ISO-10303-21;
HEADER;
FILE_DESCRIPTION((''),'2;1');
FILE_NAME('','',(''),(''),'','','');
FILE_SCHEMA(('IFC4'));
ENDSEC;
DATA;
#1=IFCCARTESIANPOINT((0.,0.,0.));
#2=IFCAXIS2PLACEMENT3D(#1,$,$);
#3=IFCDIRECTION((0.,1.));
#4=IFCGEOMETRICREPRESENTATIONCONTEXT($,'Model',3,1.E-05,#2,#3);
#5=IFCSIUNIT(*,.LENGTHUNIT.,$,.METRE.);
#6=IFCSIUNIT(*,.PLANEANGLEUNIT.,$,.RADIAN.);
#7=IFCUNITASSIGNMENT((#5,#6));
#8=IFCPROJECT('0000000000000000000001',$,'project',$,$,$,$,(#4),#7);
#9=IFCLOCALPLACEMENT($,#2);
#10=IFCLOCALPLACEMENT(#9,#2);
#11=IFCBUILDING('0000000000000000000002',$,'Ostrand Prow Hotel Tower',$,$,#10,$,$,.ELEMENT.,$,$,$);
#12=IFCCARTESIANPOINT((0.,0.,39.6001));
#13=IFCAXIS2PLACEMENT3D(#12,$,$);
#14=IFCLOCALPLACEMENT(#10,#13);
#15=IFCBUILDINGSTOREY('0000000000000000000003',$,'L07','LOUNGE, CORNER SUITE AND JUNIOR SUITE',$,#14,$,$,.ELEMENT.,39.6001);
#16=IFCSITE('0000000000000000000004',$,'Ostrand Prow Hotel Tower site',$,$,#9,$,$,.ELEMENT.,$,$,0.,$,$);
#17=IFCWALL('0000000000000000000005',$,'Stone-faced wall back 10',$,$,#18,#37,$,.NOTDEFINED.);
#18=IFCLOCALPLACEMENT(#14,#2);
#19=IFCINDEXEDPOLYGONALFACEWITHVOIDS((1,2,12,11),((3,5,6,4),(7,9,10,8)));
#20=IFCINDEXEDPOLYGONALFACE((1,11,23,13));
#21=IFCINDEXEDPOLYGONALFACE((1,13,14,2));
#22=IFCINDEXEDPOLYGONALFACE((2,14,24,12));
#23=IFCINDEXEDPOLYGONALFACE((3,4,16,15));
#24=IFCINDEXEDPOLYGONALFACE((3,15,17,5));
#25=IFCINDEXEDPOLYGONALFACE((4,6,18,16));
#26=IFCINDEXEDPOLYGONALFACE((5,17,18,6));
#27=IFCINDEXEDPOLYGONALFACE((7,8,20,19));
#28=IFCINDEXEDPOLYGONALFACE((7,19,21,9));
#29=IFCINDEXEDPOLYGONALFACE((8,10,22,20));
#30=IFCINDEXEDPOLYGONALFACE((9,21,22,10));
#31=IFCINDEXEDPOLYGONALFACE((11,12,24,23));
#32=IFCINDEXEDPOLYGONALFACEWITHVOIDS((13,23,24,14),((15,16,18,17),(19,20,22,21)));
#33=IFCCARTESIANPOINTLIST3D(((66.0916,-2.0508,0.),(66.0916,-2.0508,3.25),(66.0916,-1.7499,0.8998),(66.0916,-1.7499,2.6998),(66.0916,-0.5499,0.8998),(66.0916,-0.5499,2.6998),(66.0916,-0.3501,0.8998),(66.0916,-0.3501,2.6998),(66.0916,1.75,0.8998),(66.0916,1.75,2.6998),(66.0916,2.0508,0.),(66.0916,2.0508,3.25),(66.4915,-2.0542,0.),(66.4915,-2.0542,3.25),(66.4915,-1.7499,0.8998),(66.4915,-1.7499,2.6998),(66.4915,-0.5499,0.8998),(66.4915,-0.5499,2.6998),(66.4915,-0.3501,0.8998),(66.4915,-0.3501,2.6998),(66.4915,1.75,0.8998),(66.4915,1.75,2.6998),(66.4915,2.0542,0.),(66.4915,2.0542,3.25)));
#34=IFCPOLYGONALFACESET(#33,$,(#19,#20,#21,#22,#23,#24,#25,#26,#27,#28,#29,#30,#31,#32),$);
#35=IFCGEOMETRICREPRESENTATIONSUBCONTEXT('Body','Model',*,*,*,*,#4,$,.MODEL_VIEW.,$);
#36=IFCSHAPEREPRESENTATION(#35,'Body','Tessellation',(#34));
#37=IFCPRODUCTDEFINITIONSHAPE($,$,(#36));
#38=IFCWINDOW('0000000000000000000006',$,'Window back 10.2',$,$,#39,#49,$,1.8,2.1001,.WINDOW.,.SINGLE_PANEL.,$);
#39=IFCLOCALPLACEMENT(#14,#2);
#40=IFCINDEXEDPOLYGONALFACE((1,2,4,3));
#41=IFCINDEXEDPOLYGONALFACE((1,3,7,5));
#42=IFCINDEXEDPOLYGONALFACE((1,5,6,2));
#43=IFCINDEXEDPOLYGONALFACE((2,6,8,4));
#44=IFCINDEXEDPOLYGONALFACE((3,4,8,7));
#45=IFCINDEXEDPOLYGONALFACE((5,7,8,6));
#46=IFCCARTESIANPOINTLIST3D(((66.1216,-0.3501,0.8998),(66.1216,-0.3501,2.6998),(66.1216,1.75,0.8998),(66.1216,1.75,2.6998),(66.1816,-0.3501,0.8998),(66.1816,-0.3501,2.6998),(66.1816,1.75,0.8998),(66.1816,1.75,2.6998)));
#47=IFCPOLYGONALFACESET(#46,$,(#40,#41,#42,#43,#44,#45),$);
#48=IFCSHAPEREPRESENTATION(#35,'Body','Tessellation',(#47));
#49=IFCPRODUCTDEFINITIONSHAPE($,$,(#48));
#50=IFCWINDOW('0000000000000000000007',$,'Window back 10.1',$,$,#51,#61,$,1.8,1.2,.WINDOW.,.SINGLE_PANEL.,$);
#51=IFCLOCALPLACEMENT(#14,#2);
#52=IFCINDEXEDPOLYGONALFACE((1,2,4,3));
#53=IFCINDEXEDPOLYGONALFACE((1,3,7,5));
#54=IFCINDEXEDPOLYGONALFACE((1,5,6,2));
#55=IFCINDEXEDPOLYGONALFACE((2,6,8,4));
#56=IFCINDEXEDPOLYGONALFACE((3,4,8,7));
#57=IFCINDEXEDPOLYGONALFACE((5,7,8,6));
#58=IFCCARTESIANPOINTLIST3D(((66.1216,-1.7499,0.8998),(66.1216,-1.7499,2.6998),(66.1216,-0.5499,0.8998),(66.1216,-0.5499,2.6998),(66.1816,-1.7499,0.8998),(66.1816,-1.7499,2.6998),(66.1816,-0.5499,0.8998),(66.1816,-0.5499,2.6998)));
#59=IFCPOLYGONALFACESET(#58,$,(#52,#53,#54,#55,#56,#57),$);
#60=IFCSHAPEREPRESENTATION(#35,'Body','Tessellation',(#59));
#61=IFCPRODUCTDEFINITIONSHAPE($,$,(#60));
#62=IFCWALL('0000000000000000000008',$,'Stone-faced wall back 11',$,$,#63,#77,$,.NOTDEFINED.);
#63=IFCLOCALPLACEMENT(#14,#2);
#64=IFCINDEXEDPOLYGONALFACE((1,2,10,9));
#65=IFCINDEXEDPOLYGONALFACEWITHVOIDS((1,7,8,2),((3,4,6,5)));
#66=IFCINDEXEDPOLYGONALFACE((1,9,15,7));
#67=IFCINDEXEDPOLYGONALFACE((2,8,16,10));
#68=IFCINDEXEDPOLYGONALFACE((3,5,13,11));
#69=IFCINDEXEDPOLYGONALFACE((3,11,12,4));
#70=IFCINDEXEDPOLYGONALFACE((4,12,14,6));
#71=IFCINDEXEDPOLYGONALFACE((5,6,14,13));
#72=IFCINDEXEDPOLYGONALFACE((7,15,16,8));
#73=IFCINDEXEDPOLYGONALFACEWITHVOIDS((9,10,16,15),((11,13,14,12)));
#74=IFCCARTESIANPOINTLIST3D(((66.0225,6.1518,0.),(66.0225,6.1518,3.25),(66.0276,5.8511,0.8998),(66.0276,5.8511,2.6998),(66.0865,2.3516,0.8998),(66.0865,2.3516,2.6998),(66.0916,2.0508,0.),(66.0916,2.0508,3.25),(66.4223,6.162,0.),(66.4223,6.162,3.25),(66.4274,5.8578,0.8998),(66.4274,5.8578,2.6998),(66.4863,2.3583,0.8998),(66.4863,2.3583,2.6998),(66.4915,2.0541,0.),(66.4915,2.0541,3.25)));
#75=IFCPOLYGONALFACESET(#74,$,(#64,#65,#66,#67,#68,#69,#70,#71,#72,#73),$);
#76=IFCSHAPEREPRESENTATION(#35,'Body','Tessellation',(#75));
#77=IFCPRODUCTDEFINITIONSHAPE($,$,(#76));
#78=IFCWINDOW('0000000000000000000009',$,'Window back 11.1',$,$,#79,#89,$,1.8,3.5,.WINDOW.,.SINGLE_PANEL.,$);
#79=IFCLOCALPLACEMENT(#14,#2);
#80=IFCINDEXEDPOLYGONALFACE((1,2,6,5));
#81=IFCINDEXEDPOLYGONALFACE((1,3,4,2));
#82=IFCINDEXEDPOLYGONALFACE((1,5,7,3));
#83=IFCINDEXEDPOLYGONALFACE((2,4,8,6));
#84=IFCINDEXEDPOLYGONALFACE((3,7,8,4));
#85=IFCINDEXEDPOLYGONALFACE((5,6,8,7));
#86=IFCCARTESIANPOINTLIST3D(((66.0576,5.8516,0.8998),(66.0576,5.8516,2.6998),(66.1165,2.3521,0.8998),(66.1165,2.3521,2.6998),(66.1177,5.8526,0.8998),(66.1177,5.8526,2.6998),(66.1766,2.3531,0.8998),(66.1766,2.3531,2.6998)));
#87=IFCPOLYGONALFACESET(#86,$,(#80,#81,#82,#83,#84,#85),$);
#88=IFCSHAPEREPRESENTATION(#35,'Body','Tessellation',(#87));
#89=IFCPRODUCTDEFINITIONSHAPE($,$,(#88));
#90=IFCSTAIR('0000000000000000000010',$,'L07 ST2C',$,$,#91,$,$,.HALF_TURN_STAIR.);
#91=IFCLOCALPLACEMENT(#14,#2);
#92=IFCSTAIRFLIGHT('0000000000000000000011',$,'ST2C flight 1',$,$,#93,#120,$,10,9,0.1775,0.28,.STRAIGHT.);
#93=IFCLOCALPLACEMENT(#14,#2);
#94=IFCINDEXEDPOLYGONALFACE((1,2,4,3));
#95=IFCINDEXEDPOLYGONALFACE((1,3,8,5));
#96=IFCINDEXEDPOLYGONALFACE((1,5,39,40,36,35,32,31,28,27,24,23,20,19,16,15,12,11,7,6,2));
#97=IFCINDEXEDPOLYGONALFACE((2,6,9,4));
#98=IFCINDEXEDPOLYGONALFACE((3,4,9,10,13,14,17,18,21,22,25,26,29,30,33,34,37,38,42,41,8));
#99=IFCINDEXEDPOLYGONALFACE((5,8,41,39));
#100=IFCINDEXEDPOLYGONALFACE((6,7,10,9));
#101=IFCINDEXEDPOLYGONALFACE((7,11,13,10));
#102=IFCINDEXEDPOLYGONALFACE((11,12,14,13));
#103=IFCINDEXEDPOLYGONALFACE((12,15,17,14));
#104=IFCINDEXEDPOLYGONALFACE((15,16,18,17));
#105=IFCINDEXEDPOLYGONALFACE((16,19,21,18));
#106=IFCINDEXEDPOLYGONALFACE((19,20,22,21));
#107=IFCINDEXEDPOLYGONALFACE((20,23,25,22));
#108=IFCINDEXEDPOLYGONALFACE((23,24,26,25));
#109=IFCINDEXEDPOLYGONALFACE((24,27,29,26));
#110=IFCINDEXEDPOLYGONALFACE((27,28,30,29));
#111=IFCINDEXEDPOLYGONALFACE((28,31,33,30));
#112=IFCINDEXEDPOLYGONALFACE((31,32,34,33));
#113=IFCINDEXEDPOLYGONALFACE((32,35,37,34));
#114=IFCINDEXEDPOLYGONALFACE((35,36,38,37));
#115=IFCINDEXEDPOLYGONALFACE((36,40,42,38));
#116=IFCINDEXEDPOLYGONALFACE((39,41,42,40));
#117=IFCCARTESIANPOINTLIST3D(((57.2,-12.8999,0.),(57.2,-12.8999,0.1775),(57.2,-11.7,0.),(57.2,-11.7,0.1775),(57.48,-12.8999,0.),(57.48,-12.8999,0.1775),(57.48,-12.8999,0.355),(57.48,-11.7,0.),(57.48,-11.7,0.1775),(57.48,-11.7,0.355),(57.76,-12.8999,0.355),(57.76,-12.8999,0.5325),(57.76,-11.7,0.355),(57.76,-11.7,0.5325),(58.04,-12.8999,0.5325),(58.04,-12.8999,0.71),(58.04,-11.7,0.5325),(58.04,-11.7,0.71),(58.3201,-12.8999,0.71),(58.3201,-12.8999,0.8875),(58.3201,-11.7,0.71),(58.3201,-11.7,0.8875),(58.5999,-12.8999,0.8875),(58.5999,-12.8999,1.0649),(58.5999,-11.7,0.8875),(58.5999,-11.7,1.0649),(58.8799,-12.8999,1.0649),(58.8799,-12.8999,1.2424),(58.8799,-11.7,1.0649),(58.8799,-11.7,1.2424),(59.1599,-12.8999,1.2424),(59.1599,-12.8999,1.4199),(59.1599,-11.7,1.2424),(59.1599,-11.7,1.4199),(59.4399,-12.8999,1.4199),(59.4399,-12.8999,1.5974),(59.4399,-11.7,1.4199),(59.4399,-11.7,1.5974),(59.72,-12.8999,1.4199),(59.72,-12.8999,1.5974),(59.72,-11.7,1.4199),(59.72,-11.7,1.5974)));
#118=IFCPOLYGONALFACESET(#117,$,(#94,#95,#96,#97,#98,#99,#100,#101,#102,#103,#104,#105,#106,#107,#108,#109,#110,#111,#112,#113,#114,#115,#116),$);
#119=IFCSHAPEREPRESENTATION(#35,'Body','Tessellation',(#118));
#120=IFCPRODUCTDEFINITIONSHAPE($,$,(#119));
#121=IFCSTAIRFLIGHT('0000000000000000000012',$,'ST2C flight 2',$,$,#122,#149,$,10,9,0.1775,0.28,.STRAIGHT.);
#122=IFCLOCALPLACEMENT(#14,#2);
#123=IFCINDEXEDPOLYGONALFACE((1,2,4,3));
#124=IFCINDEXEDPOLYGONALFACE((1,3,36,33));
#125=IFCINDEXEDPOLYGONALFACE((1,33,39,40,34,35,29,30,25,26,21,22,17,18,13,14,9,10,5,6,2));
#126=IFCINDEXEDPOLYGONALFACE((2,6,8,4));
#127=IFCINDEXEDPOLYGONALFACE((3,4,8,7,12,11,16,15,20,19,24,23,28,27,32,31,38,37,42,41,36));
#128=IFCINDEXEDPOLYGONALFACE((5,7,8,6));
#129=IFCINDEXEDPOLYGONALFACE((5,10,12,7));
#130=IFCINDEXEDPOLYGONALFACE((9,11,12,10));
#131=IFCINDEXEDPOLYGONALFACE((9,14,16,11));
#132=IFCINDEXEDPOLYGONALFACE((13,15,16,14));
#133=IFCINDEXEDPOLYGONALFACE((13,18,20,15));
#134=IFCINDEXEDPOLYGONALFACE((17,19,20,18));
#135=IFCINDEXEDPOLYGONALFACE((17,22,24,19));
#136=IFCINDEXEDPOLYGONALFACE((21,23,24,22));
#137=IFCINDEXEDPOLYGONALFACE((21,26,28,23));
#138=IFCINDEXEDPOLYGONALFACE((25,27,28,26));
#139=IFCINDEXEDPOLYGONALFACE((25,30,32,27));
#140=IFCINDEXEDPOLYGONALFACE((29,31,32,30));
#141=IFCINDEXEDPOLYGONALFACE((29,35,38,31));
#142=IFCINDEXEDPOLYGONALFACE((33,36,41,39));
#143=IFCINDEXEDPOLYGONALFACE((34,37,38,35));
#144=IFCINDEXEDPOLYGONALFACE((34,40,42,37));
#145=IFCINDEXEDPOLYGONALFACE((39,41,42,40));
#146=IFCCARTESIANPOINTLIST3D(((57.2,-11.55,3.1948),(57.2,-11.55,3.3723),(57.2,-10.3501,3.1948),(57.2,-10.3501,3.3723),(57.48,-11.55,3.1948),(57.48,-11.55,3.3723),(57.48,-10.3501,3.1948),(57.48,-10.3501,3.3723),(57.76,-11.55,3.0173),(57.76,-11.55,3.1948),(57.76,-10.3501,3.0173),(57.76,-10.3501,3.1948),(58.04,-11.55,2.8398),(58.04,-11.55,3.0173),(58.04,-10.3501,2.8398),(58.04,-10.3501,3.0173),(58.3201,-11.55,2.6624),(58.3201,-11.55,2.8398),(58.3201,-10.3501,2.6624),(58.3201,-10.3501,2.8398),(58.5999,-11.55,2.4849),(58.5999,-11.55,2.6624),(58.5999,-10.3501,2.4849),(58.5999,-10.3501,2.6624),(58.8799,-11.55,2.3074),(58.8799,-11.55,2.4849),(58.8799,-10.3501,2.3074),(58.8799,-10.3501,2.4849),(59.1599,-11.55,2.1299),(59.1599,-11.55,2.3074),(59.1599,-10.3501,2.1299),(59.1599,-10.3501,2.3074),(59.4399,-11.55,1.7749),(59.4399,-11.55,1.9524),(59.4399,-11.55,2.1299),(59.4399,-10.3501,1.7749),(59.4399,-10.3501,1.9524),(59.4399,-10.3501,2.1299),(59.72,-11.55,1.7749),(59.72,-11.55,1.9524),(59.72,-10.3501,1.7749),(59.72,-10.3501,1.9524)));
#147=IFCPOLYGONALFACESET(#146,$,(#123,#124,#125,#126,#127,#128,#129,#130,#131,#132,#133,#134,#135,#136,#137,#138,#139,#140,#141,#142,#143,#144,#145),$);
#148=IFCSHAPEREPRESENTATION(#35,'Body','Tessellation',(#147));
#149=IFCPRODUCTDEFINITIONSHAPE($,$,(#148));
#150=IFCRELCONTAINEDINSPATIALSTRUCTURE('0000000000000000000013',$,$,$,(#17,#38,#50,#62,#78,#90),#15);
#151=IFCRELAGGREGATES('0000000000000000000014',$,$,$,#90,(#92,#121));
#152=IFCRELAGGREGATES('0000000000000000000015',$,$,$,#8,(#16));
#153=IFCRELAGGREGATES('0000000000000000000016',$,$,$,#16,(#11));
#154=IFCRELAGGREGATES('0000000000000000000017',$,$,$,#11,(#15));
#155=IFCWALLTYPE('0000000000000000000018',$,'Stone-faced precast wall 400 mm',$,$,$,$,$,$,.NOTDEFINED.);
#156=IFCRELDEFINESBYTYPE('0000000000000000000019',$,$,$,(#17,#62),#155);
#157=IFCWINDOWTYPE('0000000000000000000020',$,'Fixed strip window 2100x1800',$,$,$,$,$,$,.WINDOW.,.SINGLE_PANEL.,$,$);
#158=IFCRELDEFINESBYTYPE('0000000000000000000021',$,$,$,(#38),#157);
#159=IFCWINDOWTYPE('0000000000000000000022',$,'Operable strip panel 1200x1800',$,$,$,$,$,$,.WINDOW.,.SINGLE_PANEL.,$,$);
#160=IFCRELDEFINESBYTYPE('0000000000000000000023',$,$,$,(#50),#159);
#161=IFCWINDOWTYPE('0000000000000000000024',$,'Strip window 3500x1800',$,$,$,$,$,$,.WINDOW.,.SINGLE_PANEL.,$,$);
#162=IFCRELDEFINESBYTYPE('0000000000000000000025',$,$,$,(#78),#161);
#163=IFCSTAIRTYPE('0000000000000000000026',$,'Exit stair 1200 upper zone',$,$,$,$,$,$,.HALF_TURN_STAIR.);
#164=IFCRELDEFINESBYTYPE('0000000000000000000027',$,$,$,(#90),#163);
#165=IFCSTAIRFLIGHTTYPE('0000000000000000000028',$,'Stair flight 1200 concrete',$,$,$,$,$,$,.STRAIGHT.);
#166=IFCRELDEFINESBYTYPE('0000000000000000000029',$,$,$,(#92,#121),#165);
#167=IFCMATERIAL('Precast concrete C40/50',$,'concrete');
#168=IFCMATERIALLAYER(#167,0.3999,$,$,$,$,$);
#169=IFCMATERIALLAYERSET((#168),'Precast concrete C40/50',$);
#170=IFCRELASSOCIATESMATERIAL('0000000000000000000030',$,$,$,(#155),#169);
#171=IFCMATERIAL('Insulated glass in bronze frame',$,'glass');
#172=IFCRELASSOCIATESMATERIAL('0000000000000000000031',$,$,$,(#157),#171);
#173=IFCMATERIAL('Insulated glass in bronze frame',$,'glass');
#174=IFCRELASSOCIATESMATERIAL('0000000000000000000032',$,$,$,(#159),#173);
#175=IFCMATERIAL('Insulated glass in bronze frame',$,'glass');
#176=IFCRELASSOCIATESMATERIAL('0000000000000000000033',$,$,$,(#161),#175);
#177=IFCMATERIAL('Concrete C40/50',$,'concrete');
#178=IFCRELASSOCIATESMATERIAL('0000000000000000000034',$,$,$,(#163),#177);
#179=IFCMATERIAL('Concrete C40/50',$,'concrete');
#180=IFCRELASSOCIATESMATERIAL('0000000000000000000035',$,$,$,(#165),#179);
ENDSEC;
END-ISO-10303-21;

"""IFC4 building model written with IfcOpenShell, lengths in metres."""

from ifc_helpers import new_model, si_unit, direction, frame, frame_2d, origin, place, context, subcontext, project, spatial, polyline, rectangle, outline, extrude, material, layer, layer_set, type_object, element, fill, aggregate, save


model = new_model("IFC4")

# Units and contexts
model_context = context("Model", 3, precision=1e-05, world=origin(), true_north=direction((0.0, 1.0)))
body_context = subcontext(model_context, "Body", "Model", "MODEL_VIEW")
ifc_project = project(units=[si_unit("LENGTHUNIT", "METRE"), si_unit("PLANEANGLEUNIT", "RADIAN")], contexts=[model_context])

# Site, building, storey
site_placement = place(None, origin())
site = spatial("IfcSite", under=ifc_project, at=site_placement, Name="Ostrand Prow Hotel Tower site", CompositionType="ELEMENT", RefElevation=0.0)
building_placement = place(site_placement, origin())
building = spatial("IfcBuilding", under=site, at=building_placement, Name="Ostrand Prow Hotel Tower", CompositionType="ELEMENT")
storey_placement = place(building_placement, frame((0.0, 0.0, 39.6001)))
storey = spatial("IfcBuildingStorey", under=building, at=storey_placement, Name="L07", Description="LOUNGE, CORNER SUITE AND JUNIOR SUITE", CompositionType="ELEMENT", Elevation=39.6001)

# Shared definitions
ifc_material_1 = material(Name="Precast concrete C40/50", Category="concrete")
ifc_layer_1 = layer(ifc_material_1, 0.3999)
ifc_layer_set_1 = layer_set([ifc_layer_1], Name="Precast concrete C40/50")
wall_type_1 = type_object("IfcWallType", Name="Stone-faced precast wall 400 mm", PredefinedType="NOTDEFINED", material=ifc_layer_set_1)

# Wall, openings, windows
wall_1_placement = place(storey_placement, frame((66.2915, -2.0525, 0.0), z_axis=(0.0, 0.0, 1.0), x_axis=(0.0, 1.0, 0.0)))
wall_1 = element("IfcWall", 1, at=wall_1_placement, inside=storey, type_object=wall_type_1, Name="Stone-faced wall back 10", PredefinedType="NOTDEFINED", context=body_context, shape_type="SweptSolid", body=[
    extrude(outline(polyline([(-0.0017, -0.2), (4.1067, -0.2), (4.1033, 0.2), (0.0017, 0.2), (-0.0017, -0.2)])), origin(), (0.0, 0.0, 1.0), 3.25),
])
opening_1_placement = place(wall_1_placement, frame((0.3025, 0.0, 0.8999)))
opening_1 = element("IfcOpeningElement", 2, at=opening_1_placement, cuts=wall_1, PredefinedType="OPENING", context=body_context, shape_type="SweptSolid", body=[
    extrude(rectangle(XDim=1.2, YDim=1.8, at=frame_2d((0.6001, 0.8999))), frame((0.0, 0.21, 0.0), z_axis=(0.0, -1.0, 0.0), x_axis=(1.0, 0.0, 0.0)), (0.0, 0.0, 1.0), 0.4199),
])
opening_2_placement = place(wall_1_placement, frame((1.7024, 0.0, 0.8999)))
opening_2 = element("IfcOpeningElement", 3, at=opening_2_placement, cuts=wall_1, PredefinedType="OPENING", context=body_context, shape_type="SweptSolid", body=[
    extrude(rectangle(XDim=2.1001, YDim=1.8, at=frame_2d((1.05, 0.8999))), frame((0.0, 0.21, 0.0), z_axis=(0.0, -1.0, 0.0), x_axis=(1.0, 0.0, 0.0)), (0.0, 0.0, 1.0), 0.4199),
])
ifc_material_2 = material(Name="Insulated glass in bronze frame", Category="glass")
window_type_1 = type_object("IfcWindowType", Name="Fixed strip window 2100x1800", PartitioningType="SINGLE_PANEL", PredefinedType="WINDOW", material=ifc_material_2)
window_1_placement = place(opening_2_placement, origin())
window_1 = element("IfcWindow", 4, at=window_1_placement, inside=storey, type_object=window_type_1, Name="Window back 10.2", OverallHeight=1.8, OverallWidth=2.1001, PartitioningType="SINGLE_PANEL", PredefinedType="WINDOW", context=body_context, shape_type="SweptSolid", body=[
    extrude(rectangle(XDim=2.1001, YDim=1.8, at=frame_2d((1.05, 0.8999))), frame((0.0, 0.1699, 0.0), z_axis=(0.0, -1.0, 0.0), x_axis=(1.0, 0.0, 0.0)), (0.0, 0.0, 1.0), 0.0601),
])
fill(opening_2, window_1)
ifc_material_3 = material(Name="Insulated glass in bronze frame", Category="glass")
window_type_2 = type_object("IfcWindowType", Name="Operable strip panel 1200x1800", PartitioningType="SINGLE_PANEL", PredefinedType="WINDOW", material=ifc_material_3)
window_2_placement = place(opening_1_placement, origin())
window_2 = element("IfcWindow", 5, at=window_2_placement, inside=storey, type_object=window_type_2, Name="Window back 10.1", OverallHeight=1.8, OverallWidth=1.2, PartitioningType="SINGLE_PANEL", PredefinedType="WINDOW", context=body_context, shape_type="SweptSolid", body=[
    extrude(rectangle(XDim=1.2, YDim=1.8, at=frame_2d((0.6001, 0.8999))), frame((0.0, 0.1699, 0.0), z_axis=(0.0, -1.0, 0.0), x_axis=(1.0, 0.0, 0.0)), (0.0, 0.0, 1.0), 0.0601),
])
fill(opening_1, window_2)

# Wall, opening, window
wall_2_placement = place(storey_placement, frame((66.2915, 2.0525, 0.0), z_axis=(0.0, 0.0, 1.0), x_axis=(-0.016831, 0.999858, 0.0)))
wall_2 = element("IfcWall", 6, at=wall_2_placement, inside=storey, type_object=wall_type_1, Name="Stone-faced wall back 11", PredefinedType="NOTDEFINED", context=body_context, shape_type="SweptSolid", body=[
    extrude(outline(polyline([(-0.0017, -0.2), (4.1067, -0.2), (4.1033, 0.2), (0.0017, 0.2), (-0.0017, -0.2)])), origin(), (0.0, 0.0, 1.0), 3.25),
])
opening_3_placement = place(wall_2_placement, frame((0.3025, 0.0, 0.8999)))
opening_3 = element("IfcOpeningElement", 7, at=opening_3_placement, cuts=wall_2, PredefinedType="OPENING", context=body_context, shape_type="SweptSolid", body=[
    extrude(rectangle(XDim=3.5, YDim=1.8, at=frame_2d((1.75, 0.8999))), frame((0.0, 0.21, 0.0), z_axis=(0.0, -1.0, 0.0), x_axis=(1.0, 0.0, 0.0)), (0.0, 0.0, 1.0), 0.4199),
])
ifc_material_4 = material(Name="Insulated glass in bronze frame", Category="glass")
window_type_3 = type_object("IfcWindowType", Name="Strip window 3500x1800", PartitioningType="SINGLE_PANEL", PredefinedType="WINDOW", material=ifc_material_4)
window_3_placement = place(opening_3_placement, origin())
window_3 = element("IfcWindow", 8, at=window_3_placement, inside=storey, type_object=window_type_3, Name="Window back 11.1", OverallHeight=1.8, OverallWidth=3.5, PartitioningType="SINGLE_PANEL", PredefinedType="WINDOW", context=body_context, shape_type="SweptSolid", body=[
    extrude(rectangle(XDim=3.5, YDim=1.8, at=frame_2d((1.75, 0.8999))), frame((0.0, 0.1699, 0.0), z_axis=(0.0, -1.0, 0.0), x_axis=(1.0, 0.0, 0.0)), (0.0, 0.0, 1.0), 0.0601),
])
fill(opening_3, window_3)

# Stair, stair flights
ifc_material_5 = material(Name="Concrete C40/50", Category="concrete")
stair_type = type_object("IfcStairType", Name="Exit stair 1200 upper zone", PredefinedType="HALF_TURN_STAIR", material=ifc_material_5)
stair_placement = place(storey_placement, origin())
stair = element("IfcStair", 9, at=stair_placement, inside=storey, type_object=stair_type, Name="L07 ST2C", PredefinedType="HALF_TURN_STAIR")
ifc_material_6 = material(Name="Concrete C40/50", Category="concrete")
stair_flight_type = type_object("IfcStairFlightType", Name="Stair flight 1200 concrete", PredefinedType="STRAIGHT", material=ifc_material_6)
stair_flight_1_placement = place(storey_placement, frame((57.2, -12.3, 0.0), z_axis=(0.0, 0.0, 1.0), x_axis=(1.0, 0.0, 0.0)))
stair_flight_1 = element("IfcStairFlight", 10, at=stair_flight_1_placement, type_object=stair_flight_type, Name="ST2C flight 1", NumberOfRisers=10, NumberOfTreads=9, PredefinedType="STRAIGHT", RiserHeight=0.1775, TreadLength=0.28, context=body_context, shape_type="SweptSolid", body=[
    extrude(outline(polyline([(0.0, 0.0), (0.0, 0.1775), (0.28, 0.1775), (0.28, 0.355), (0.5601, 0.355), (0.5601, 0.5325), (0.8401, 0.5325), (0.8401, 0.71), (1.1201, 0.71), (1.1201, 0.8875), (1.3999, 0.8875), (1.3999, 1.0649), (1.6799, 1.0649), (1.6799, 1.2424), (1.96, 1.2424), (1.96, 1.4199), (2.24, 1.4199), (2.24, 1.5974), (2.52, 1.5974), (2.52, 1.7749), (2.52, 1.4199), (0.28, 0.0), (0.0, 0.0)])), frame((0.0, 0.6001, 0.0), z_axis=(0.0, -1.0, 0.0), x_axis=(1.0, 0.0, 0.0)), (0.0, 0.0, 1.0), 1.2),
])
stair_flight_2_placement = place(storey_placement, frame((59.72, -10.95, 1.7749), z_axis=(0.0, 0.0, 1.0), x_axis=(-1.0, 0.0, 0.0)))
stair_flight_2 = element("IfcStairFlight", 11, at=stair_flight_2_placement, type_object=stair_flight_type, Name="ST2C flight 2", NumberOfRisers=10, NumberOfTreads=9, PredefinedType="STRAIGHT", RiserHeight=0.1775, TreadLength=0.28, context=body_context, shape_type="SweptSolid", body=[
    extrude(outline(polyline([(0.0, 0.0), (0.0, 0.1775), (0.28, 0.1775), (0.28, 0.355), (0.5601, 0.355), (0.5601, 0.5325), (0.8401, 0.5325), (0.8401, 0.71), (1.1201, 0.71), (1.1201, 0.8875), (1.3999, 0.8875), (1.3999, 1.0649), (1.6799, 1.0649), (1.6799, 1.2424), (1.96, 1.2424), (1.96, 1.4199), (2.24, 1.4199), (2.24, 1.5974), (2.52, 1.5974), (2.52, 1.7749), (2.52, 1.4199), (0.28, 0.0), (0.0, 0.0)])), frame((0.0, 0.6001, 0.0), z_axis=(0.0, -1.0, 0.0), x_axis=(1.0, 0.0, 0.0)), (0.0, 0.0, 1.0), 1.2),
])
aggregate(stair, [stair_flight_1, stair_flight_2])

save(model, "model.ifc")
